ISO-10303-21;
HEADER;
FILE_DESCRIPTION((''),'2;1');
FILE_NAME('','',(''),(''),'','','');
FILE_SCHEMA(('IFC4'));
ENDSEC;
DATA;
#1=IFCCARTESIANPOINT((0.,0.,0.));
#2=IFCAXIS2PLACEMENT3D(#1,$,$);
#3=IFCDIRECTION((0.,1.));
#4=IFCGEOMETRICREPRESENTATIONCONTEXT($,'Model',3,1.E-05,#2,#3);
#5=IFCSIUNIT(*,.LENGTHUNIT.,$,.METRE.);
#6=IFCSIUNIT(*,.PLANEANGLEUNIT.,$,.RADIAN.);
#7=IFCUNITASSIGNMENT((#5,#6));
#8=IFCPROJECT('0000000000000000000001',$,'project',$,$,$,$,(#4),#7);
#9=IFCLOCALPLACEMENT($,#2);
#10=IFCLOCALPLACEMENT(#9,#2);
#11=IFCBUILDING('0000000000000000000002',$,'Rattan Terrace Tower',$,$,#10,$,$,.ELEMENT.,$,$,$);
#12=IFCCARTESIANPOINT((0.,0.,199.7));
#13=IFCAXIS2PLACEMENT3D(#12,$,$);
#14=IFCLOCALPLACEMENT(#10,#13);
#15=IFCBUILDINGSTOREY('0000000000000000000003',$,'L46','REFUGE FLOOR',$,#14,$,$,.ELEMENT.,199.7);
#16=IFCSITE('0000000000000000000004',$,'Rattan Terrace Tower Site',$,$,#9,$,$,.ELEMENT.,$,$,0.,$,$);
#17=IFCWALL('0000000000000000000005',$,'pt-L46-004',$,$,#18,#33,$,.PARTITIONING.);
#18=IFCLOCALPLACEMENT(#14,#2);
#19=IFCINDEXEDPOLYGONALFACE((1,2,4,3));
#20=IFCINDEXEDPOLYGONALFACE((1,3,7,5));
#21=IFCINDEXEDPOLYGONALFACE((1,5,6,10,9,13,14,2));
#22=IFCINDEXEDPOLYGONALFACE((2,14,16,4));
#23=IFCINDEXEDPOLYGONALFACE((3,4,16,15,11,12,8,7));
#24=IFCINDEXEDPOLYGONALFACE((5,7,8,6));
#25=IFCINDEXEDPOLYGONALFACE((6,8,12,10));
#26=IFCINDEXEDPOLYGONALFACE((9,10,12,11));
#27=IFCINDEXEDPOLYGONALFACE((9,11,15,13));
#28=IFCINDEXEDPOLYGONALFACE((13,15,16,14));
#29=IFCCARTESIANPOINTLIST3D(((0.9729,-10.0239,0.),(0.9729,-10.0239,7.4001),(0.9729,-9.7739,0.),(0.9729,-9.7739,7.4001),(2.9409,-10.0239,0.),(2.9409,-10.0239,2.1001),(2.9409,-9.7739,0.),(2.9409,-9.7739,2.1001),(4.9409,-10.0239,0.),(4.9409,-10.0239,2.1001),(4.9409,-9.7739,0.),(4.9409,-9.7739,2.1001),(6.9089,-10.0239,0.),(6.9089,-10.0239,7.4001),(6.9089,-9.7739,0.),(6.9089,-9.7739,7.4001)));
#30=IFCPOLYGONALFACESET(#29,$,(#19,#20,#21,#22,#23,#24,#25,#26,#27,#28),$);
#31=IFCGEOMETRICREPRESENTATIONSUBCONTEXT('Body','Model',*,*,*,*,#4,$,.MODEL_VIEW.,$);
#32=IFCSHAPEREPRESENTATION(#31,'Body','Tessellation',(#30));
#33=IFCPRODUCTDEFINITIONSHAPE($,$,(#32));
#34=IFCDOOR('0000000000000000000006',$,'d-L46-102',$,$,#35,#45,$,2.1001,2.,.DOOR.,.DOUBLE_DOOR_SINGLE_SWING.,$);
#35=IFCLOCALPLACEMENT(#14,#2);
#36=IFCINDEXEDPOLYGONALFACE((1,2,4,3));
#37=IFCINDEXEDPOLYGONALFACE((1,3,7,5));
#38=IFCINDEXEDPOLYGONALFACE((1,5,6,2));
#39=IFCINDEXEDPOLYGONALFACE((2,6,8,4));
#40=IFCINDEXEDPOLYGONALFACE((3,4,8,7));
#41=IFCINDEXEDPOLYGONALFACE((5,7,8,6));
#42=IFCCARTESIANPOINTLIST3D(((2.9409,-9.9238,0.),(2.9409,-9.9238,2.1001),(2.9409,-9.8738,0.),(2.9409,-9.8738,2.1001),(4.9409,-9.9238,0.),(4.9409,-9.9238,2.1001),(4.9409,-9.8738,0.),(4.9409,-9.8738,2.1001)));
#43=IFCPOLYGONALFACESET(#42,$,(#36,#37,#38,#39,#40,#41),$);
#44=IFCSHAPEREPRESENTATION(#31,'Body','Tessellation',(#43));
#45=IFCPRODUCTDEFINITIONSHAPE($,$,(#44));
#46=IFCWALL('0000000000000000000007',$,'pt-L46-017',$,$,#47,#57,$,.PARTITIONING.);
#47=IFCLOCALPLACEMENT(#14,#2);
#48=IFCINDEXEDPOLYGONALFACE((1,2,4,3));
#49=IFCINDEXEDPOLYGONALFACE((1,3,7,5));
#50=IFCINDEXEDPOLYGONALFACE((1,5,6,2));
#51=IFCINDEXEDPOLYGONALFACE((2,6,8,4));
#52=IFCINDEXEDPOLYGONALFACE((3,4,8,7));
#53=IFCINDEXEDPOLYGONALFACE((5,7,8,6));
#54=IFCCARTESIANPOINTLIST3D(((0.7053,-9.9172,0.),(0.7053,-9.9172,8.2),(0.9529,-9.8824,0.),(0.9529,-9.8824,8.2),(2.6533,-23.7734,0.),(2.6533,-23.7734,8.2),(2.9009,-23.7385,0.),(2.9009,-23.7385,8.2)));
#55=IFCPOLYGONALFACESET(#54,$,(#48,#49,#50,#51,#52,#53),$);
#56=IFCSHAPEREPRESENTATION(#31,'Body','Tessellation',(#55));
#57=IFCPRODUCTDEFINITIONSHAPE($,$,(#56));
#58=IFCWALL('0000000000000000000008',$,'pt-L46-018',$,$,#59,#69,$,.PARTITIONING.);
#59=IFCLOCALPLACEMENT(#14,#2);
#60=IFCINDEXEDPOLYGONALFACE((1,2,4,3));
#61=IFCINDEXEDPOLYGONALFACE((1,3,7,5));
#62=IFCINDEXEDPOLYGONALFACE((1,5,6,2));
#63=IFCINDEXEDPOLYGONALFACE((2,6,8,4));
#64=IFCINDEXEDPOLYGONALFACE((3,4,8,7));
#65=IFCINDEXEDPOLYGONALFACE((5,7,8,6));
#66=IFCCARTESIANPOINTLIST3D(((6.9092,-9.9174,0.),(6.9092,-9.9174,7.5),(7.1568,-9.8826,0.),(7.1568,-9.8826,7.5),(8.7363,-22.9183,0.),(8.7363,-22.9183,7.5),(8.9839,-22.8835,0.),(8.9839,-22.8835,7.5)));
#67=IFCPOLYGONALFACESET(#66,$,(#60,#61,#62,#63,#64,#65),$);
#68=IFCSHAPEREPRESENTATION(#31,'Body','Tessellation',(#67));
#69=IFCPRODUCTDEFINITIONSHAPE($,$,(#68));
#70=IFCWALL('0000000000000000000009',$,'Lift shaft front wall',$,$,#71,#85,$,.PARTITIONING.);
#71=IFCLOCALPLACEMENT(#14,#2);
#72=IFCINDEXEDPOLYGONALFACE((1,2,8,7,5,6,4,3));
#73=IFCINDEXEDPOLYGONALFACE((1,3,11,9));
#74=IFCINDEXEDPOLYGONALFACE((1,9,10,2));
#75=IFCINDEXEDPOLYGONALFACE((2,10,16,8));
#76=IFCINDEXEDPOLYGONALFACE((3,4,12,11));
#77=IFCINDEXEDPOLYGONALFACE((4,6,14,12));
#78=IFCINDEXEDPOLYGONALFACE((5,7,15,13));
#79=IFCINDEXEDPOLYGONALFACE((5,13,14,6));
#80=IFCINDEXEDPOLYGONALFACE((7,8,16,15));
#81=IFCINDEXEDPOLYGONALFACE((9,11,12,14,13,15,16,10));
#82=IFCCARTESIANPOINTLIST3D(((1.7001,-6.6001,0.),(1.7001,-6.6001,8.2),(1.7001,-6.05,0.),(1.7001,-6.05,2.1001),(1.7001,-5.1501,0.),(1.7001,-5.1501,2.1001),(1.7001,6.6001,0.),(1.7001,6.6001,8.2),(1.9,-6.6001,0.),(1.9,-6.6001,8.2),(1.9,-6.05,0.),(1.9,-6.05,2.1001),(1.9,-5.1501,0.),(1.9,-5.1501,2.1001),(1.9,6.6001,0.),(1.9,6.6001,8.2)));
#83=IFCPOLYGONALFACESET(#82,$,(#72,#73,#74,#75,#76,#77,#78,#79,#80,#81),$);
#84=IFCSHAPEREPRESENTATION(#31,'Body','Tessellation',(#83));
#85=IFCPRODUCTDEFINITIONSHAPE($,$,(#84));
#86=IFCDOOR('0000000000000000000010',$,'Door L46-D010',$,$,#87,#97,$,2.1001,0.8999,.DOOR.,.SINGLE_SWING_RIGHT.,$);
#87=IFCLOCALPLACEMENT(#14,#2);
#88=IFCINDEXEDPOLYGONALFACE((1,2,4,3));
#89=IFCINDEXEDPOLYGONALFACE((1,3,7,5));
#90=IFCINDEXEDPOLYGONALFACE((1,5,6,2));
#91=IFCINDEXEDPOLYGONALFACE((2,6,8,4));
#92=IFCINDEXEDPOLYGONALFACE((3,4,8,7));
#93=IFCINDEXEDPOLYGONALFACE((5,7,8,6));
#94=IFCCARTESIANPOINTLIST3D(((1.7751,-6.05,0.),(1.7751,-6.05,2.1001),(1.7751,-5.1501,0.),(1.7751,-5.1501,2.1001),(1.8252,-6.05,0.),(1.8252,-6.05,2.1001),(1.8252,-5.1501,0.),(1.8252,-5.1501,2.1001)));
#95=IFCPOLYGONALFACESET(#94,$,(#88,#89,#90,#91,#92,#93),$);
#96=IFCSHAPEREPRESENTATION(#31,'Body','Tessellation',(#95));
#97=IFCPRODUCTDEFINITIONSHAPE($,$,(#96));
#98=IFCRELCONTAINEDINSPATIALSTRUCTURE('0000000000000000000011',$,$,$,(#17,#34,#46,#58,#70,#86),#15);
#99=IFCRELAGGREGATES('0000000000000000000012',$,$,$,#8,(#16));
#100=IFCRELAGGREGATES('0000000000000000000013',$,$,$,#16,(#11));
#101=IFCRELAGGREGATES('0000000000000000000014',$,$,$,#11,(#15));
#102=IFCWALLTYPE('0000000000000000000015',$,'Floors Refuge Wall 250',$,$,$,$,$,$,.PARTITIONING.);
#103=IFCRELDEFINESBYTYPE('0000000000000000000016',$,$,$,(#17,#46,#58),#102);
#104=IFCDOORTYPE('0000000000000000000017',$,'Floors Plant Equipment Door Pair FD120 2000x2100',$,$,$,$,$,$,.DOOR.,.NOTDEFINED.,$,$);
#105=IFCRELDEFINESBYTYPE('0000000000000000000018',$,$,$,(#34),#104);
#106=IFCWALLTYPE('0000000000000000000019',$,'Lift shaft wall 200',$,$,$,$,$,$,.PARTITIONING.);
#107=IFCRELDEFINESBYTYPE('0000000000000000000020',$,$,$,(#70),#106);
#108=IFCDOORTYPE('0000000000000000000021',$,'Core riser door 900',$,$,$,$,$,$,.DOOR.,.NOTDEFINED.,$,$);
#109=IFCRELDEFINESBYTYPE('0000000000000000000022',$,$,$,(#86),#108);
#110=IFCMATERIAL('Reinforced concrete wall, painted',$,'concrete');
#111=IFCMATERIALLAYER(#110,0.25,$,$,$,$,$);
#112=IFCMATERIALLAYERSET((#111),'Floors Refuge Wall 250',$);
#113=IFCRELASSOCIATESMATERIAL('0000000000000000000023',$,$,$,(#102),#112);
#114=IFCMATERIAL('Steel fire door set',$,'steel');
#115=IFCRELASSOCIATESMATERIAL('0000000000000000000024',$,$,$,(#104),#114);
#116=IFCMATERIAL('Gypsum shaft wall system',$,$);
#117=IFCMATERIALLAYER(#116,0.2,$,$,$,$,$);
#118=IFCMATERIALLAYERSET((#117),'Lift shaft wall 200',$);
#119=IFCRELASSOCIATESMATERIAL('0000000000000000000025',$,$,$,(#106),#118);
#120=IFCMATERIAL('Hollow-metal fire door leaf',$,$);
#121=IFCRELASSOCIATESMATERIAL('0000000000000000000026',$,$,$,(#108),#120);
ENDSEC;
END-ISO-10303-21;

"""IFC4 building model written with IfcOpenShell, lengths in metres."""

from ifc_helpers import new_model, si_unit, direction, frame, frame_2d, origin, place, context, subcontext, project, spatial, rectangle, extrude, material, layer, layer_set, type_object, element, fill, save


model = new_model("IFC4")

# Units and contexts
model_context = context("Model", 3, precision=1e-05, world=origin(), true_north=direction((0.0, 1.0)))
body_context = subcontext(model_context, "Body", "Model", "MODEL_VIEW")
ifc_project = project(units=[si_unit("LENGTHUNIT", "METRE"), si_unit("PLANEANGLEUNIT", "RADIAN")], contexts=[model_context])

# Site, building, storey
site_placement = place(None, origin())
site = spatial("IfcSite", under=ifc_project, at=site_placement, Name="Rattan Terrace Tower Site", CompositionType="ELEMENT", RefElevation=0.0)
building_placement = place(site_placement, origin())
building = spatial("IfcBuilding", under=site, at=building_placement, Name="Rattan Terrace Tower", CompositionType="ELEMENT")
storey_placement = place(building_placement, frame((0.0, 0.0, 199.7)))
storey = spatial("IfcBuildingStorey", under=building, at=storey_placement, Name="L46", Description="REFUGE FLOOR", CompositionType="ELEMENT", Elevation=199.7)

# Wall, opening, door
ifc_material_1 = material(Name="Reinforced concrete wall, painted", Category="concrete")
ifc_layer_1 = layer(ifc_material_1, 0.25)
ifc_layer_set_1 = layer_set([ifc_layer_1], Name="Floors Refuge Wall 250")
wall_type_1 = type_object("IfcWallType", Name="Floors Refuge Wall 250", PredefinedType="PARTITIONING", material=ifc_layer_set_1)
ifc_material_2 = material(Name="Steel fire door set", Category="steel")
door_type_1 = type_object("IfcDoorType", Name="Floors Plant Equipment Door Pair FD120 2000x2100", OperationType="NOTDEFINED", PredefinedType="DOOR", material=ifc_material_2)
wall_1_placement = place(storey_placement, frame((6.9089, -9.8989, 0.0), z_axis=(0.0, 0.0, 1.0), x_axis=(-1.0, 0.0, 0.0)))
wall_1 = element("IfcWall", 1, at=wall_1_placement, inside=storey, type_object=wall_type_1, Name="pt-L46-004", PredefinedType="PARTITIONING", context=body_context, shape_type="SweptSolid", body=[
    extrude(rectangle(XDim=5.936, YDim=0.25, at=frame_2d((2.968, 0.0))), origin(), (0.0, 0.0, 1.0), 7.4001),
])
opening_1_placement = place(wall_1_placement, frame((1.968, 0.0, 0.0)))
opening_1 = element("IfcOpeningElement", 2, at=opening_1_placement, cuts=wall_1, PredefinedType="OPENING", context=body_context, shape_type="SweptSolid", body=[
    extrude(rectangle(XDim=2.0, YDim=2.1001, at=frame_2d((1.0, 1.05))), frame((0.0, 0.1355, 0.0), z_axis=(0.0, -1.0, 0.0), x_axis=(1.0, 0.0, 0.0)), (0.0, 0.0, 1.0), 0.271),
])
door_1_placement = place(opening_1_placement, origin())
door_1 = element("IfcDoor", 3, at=door_1_placement, inside=storey, type_object=door_type_1, Name="d-L46-102", OperationType="DOUBLE_DOOR_SINGLE_SWING", OverallHeight=2.1001, OverallWidth=2.0, PredefinedType="DOOR", context=body_context, shape_type="SweptSolid", body=[
    extrude(rectangle(XDim=2.0, YDim=2.1001, at=frame_2d((1.0, 1.05))), frame((0.0, 0.0249, 0.0), z_axis=(0.0, -1.0, 0.0), x_axis=(1.0, 0.0, 0.0)), (0.0, 0.0, 1.0), 0.05),
])
fill(opening_1, door_1)

# Walls
wall_2_placement = place(storey_placement, frame((0.8291, -9.8999, 0.0), z_axis=(0.0, 0.0, 1.0), x_axis=(0.139218, -0.990262, 0.0)))
element("IfcWall", 4, at=wall_2_placement, inside=storey, type_object=wall_type_1, Name="pt-L46-017", PredefinedType="PARTITIONING", context=body_context, shape_type="SweptSolid", body=[
    extrude(rectangle(XDim=13.9924, YDim=0.25, at=frame_2d((6.9961, 0.0))), origin(), (0.0, 0.0, 1.0), 8.2),
])
wall_3_placement = place(storey_placement, frame((7.033, -9.8999, 0.0), z_axis=(0.0, 0.0, 1.0), x_axis=(0.139172, -0.990268, 0.0)))
element("IfcWall", 5, at=wall_3_placement, inside=storey, type_object=wall_type_1, Name="pt-L46-018", PredefinedType="PARTITIONING", context=body_context, shape_type="SweptSolid", body=[
    extrude(rectangle(XDim=13.1287, YDim=0.25, at=frame_2d((6.5645, 0.0))), origin(), (0.0, 0.0, 1.0), 7.5),
])

# Wall, opening, door
ifc_material_3 = material(Name="Gypsum shaft wall system")
ifc_layer_2 = layer(ifc_material_3, 0.2)
ifc_layer_set_2 = layer_set([ifc_layer_2], Name="Lift shaft wall 200")
wall_type_2 = type_object("IfcWallType", Name="Lift shaft wall 200", PredefinedType="PARTITIONING", material=ifc_layer_set_2)
wall_4_placement = place(storey_placement, frame((1.8, -6.6001, 0.0), z_axis=(0.0, 0.0, 1.0), x_axis=(0.0, 1.0, 0.0)))
wall_4 = element("IfcWall", 6, at=wall_4_placement, inside=storey, type_object=wall_type_2, Name="Lift shaft front wall", PredefinedType="PARTITIONING", context=body_context, shape_type="SweptSolid", body=[
    extrude(rectangle(XDim=13.2002, YDim=0.2, at=frame_2d((6.6001, 0.0))), origin(), (0.0, 0.0, 1.0), 8.2),
])
opening_2_placement = place(wall_4_placement, frame((0.55, 0.0, 0.0)))
opening_2 = element("IfcOpeningElement", 7, at=opening_2_placement, cuts=wall_4, PredefinedType="OPENING", context=body_context, shape_type="SweptSolid", body=[
    extrude(rectangle(XDim=0.8999, YDim=2.1001, at=frame_2d((0.45, 1.05))), frame((0.0, 0.1106, 0.0), z_axis=(0.0, -1.0, 0.0), x_axis=(1.0, 0.0, 0.0)), (0.0, 0.0, 1.0), 0.2209),
])
ifc_material_4 = material(Name="Hollow-metal fire door leaf")
door_type_2 = type_object("IfcDoorType", Name="Core riser door 900", OperationType="NOTDEFINED", PredefinedType="DOOR", material=ifc_material_4)
door_2_placement = place(opening_2_placement, origin())
door_2 = element("IfcDoor", 8, at=door_2_placement, inside=storey, type_object=door_type_2, Name="Door L46-D010", OperationType="SINGLE_SWING_RIGHT", OverallHeight=2.1001, OverallWidth=0.8999, PredefinedType="DOOR", context=body_context, shape_type="SweptSolid", body=[
    extrude(rectangle(XDim=0.8999, YDim=2.1001, at=frame_2d((0.45, 1.05))), frame((0.0, 0.0249, 0.0), z_axis=(0.0, -1.0, 0.0), x_axis=(1.0, 0.0, 0.0)), (0.0, 0.0, 1.0), 0.05),
])
fill(opening_2, door_2)

save(model, "model.ifc")
